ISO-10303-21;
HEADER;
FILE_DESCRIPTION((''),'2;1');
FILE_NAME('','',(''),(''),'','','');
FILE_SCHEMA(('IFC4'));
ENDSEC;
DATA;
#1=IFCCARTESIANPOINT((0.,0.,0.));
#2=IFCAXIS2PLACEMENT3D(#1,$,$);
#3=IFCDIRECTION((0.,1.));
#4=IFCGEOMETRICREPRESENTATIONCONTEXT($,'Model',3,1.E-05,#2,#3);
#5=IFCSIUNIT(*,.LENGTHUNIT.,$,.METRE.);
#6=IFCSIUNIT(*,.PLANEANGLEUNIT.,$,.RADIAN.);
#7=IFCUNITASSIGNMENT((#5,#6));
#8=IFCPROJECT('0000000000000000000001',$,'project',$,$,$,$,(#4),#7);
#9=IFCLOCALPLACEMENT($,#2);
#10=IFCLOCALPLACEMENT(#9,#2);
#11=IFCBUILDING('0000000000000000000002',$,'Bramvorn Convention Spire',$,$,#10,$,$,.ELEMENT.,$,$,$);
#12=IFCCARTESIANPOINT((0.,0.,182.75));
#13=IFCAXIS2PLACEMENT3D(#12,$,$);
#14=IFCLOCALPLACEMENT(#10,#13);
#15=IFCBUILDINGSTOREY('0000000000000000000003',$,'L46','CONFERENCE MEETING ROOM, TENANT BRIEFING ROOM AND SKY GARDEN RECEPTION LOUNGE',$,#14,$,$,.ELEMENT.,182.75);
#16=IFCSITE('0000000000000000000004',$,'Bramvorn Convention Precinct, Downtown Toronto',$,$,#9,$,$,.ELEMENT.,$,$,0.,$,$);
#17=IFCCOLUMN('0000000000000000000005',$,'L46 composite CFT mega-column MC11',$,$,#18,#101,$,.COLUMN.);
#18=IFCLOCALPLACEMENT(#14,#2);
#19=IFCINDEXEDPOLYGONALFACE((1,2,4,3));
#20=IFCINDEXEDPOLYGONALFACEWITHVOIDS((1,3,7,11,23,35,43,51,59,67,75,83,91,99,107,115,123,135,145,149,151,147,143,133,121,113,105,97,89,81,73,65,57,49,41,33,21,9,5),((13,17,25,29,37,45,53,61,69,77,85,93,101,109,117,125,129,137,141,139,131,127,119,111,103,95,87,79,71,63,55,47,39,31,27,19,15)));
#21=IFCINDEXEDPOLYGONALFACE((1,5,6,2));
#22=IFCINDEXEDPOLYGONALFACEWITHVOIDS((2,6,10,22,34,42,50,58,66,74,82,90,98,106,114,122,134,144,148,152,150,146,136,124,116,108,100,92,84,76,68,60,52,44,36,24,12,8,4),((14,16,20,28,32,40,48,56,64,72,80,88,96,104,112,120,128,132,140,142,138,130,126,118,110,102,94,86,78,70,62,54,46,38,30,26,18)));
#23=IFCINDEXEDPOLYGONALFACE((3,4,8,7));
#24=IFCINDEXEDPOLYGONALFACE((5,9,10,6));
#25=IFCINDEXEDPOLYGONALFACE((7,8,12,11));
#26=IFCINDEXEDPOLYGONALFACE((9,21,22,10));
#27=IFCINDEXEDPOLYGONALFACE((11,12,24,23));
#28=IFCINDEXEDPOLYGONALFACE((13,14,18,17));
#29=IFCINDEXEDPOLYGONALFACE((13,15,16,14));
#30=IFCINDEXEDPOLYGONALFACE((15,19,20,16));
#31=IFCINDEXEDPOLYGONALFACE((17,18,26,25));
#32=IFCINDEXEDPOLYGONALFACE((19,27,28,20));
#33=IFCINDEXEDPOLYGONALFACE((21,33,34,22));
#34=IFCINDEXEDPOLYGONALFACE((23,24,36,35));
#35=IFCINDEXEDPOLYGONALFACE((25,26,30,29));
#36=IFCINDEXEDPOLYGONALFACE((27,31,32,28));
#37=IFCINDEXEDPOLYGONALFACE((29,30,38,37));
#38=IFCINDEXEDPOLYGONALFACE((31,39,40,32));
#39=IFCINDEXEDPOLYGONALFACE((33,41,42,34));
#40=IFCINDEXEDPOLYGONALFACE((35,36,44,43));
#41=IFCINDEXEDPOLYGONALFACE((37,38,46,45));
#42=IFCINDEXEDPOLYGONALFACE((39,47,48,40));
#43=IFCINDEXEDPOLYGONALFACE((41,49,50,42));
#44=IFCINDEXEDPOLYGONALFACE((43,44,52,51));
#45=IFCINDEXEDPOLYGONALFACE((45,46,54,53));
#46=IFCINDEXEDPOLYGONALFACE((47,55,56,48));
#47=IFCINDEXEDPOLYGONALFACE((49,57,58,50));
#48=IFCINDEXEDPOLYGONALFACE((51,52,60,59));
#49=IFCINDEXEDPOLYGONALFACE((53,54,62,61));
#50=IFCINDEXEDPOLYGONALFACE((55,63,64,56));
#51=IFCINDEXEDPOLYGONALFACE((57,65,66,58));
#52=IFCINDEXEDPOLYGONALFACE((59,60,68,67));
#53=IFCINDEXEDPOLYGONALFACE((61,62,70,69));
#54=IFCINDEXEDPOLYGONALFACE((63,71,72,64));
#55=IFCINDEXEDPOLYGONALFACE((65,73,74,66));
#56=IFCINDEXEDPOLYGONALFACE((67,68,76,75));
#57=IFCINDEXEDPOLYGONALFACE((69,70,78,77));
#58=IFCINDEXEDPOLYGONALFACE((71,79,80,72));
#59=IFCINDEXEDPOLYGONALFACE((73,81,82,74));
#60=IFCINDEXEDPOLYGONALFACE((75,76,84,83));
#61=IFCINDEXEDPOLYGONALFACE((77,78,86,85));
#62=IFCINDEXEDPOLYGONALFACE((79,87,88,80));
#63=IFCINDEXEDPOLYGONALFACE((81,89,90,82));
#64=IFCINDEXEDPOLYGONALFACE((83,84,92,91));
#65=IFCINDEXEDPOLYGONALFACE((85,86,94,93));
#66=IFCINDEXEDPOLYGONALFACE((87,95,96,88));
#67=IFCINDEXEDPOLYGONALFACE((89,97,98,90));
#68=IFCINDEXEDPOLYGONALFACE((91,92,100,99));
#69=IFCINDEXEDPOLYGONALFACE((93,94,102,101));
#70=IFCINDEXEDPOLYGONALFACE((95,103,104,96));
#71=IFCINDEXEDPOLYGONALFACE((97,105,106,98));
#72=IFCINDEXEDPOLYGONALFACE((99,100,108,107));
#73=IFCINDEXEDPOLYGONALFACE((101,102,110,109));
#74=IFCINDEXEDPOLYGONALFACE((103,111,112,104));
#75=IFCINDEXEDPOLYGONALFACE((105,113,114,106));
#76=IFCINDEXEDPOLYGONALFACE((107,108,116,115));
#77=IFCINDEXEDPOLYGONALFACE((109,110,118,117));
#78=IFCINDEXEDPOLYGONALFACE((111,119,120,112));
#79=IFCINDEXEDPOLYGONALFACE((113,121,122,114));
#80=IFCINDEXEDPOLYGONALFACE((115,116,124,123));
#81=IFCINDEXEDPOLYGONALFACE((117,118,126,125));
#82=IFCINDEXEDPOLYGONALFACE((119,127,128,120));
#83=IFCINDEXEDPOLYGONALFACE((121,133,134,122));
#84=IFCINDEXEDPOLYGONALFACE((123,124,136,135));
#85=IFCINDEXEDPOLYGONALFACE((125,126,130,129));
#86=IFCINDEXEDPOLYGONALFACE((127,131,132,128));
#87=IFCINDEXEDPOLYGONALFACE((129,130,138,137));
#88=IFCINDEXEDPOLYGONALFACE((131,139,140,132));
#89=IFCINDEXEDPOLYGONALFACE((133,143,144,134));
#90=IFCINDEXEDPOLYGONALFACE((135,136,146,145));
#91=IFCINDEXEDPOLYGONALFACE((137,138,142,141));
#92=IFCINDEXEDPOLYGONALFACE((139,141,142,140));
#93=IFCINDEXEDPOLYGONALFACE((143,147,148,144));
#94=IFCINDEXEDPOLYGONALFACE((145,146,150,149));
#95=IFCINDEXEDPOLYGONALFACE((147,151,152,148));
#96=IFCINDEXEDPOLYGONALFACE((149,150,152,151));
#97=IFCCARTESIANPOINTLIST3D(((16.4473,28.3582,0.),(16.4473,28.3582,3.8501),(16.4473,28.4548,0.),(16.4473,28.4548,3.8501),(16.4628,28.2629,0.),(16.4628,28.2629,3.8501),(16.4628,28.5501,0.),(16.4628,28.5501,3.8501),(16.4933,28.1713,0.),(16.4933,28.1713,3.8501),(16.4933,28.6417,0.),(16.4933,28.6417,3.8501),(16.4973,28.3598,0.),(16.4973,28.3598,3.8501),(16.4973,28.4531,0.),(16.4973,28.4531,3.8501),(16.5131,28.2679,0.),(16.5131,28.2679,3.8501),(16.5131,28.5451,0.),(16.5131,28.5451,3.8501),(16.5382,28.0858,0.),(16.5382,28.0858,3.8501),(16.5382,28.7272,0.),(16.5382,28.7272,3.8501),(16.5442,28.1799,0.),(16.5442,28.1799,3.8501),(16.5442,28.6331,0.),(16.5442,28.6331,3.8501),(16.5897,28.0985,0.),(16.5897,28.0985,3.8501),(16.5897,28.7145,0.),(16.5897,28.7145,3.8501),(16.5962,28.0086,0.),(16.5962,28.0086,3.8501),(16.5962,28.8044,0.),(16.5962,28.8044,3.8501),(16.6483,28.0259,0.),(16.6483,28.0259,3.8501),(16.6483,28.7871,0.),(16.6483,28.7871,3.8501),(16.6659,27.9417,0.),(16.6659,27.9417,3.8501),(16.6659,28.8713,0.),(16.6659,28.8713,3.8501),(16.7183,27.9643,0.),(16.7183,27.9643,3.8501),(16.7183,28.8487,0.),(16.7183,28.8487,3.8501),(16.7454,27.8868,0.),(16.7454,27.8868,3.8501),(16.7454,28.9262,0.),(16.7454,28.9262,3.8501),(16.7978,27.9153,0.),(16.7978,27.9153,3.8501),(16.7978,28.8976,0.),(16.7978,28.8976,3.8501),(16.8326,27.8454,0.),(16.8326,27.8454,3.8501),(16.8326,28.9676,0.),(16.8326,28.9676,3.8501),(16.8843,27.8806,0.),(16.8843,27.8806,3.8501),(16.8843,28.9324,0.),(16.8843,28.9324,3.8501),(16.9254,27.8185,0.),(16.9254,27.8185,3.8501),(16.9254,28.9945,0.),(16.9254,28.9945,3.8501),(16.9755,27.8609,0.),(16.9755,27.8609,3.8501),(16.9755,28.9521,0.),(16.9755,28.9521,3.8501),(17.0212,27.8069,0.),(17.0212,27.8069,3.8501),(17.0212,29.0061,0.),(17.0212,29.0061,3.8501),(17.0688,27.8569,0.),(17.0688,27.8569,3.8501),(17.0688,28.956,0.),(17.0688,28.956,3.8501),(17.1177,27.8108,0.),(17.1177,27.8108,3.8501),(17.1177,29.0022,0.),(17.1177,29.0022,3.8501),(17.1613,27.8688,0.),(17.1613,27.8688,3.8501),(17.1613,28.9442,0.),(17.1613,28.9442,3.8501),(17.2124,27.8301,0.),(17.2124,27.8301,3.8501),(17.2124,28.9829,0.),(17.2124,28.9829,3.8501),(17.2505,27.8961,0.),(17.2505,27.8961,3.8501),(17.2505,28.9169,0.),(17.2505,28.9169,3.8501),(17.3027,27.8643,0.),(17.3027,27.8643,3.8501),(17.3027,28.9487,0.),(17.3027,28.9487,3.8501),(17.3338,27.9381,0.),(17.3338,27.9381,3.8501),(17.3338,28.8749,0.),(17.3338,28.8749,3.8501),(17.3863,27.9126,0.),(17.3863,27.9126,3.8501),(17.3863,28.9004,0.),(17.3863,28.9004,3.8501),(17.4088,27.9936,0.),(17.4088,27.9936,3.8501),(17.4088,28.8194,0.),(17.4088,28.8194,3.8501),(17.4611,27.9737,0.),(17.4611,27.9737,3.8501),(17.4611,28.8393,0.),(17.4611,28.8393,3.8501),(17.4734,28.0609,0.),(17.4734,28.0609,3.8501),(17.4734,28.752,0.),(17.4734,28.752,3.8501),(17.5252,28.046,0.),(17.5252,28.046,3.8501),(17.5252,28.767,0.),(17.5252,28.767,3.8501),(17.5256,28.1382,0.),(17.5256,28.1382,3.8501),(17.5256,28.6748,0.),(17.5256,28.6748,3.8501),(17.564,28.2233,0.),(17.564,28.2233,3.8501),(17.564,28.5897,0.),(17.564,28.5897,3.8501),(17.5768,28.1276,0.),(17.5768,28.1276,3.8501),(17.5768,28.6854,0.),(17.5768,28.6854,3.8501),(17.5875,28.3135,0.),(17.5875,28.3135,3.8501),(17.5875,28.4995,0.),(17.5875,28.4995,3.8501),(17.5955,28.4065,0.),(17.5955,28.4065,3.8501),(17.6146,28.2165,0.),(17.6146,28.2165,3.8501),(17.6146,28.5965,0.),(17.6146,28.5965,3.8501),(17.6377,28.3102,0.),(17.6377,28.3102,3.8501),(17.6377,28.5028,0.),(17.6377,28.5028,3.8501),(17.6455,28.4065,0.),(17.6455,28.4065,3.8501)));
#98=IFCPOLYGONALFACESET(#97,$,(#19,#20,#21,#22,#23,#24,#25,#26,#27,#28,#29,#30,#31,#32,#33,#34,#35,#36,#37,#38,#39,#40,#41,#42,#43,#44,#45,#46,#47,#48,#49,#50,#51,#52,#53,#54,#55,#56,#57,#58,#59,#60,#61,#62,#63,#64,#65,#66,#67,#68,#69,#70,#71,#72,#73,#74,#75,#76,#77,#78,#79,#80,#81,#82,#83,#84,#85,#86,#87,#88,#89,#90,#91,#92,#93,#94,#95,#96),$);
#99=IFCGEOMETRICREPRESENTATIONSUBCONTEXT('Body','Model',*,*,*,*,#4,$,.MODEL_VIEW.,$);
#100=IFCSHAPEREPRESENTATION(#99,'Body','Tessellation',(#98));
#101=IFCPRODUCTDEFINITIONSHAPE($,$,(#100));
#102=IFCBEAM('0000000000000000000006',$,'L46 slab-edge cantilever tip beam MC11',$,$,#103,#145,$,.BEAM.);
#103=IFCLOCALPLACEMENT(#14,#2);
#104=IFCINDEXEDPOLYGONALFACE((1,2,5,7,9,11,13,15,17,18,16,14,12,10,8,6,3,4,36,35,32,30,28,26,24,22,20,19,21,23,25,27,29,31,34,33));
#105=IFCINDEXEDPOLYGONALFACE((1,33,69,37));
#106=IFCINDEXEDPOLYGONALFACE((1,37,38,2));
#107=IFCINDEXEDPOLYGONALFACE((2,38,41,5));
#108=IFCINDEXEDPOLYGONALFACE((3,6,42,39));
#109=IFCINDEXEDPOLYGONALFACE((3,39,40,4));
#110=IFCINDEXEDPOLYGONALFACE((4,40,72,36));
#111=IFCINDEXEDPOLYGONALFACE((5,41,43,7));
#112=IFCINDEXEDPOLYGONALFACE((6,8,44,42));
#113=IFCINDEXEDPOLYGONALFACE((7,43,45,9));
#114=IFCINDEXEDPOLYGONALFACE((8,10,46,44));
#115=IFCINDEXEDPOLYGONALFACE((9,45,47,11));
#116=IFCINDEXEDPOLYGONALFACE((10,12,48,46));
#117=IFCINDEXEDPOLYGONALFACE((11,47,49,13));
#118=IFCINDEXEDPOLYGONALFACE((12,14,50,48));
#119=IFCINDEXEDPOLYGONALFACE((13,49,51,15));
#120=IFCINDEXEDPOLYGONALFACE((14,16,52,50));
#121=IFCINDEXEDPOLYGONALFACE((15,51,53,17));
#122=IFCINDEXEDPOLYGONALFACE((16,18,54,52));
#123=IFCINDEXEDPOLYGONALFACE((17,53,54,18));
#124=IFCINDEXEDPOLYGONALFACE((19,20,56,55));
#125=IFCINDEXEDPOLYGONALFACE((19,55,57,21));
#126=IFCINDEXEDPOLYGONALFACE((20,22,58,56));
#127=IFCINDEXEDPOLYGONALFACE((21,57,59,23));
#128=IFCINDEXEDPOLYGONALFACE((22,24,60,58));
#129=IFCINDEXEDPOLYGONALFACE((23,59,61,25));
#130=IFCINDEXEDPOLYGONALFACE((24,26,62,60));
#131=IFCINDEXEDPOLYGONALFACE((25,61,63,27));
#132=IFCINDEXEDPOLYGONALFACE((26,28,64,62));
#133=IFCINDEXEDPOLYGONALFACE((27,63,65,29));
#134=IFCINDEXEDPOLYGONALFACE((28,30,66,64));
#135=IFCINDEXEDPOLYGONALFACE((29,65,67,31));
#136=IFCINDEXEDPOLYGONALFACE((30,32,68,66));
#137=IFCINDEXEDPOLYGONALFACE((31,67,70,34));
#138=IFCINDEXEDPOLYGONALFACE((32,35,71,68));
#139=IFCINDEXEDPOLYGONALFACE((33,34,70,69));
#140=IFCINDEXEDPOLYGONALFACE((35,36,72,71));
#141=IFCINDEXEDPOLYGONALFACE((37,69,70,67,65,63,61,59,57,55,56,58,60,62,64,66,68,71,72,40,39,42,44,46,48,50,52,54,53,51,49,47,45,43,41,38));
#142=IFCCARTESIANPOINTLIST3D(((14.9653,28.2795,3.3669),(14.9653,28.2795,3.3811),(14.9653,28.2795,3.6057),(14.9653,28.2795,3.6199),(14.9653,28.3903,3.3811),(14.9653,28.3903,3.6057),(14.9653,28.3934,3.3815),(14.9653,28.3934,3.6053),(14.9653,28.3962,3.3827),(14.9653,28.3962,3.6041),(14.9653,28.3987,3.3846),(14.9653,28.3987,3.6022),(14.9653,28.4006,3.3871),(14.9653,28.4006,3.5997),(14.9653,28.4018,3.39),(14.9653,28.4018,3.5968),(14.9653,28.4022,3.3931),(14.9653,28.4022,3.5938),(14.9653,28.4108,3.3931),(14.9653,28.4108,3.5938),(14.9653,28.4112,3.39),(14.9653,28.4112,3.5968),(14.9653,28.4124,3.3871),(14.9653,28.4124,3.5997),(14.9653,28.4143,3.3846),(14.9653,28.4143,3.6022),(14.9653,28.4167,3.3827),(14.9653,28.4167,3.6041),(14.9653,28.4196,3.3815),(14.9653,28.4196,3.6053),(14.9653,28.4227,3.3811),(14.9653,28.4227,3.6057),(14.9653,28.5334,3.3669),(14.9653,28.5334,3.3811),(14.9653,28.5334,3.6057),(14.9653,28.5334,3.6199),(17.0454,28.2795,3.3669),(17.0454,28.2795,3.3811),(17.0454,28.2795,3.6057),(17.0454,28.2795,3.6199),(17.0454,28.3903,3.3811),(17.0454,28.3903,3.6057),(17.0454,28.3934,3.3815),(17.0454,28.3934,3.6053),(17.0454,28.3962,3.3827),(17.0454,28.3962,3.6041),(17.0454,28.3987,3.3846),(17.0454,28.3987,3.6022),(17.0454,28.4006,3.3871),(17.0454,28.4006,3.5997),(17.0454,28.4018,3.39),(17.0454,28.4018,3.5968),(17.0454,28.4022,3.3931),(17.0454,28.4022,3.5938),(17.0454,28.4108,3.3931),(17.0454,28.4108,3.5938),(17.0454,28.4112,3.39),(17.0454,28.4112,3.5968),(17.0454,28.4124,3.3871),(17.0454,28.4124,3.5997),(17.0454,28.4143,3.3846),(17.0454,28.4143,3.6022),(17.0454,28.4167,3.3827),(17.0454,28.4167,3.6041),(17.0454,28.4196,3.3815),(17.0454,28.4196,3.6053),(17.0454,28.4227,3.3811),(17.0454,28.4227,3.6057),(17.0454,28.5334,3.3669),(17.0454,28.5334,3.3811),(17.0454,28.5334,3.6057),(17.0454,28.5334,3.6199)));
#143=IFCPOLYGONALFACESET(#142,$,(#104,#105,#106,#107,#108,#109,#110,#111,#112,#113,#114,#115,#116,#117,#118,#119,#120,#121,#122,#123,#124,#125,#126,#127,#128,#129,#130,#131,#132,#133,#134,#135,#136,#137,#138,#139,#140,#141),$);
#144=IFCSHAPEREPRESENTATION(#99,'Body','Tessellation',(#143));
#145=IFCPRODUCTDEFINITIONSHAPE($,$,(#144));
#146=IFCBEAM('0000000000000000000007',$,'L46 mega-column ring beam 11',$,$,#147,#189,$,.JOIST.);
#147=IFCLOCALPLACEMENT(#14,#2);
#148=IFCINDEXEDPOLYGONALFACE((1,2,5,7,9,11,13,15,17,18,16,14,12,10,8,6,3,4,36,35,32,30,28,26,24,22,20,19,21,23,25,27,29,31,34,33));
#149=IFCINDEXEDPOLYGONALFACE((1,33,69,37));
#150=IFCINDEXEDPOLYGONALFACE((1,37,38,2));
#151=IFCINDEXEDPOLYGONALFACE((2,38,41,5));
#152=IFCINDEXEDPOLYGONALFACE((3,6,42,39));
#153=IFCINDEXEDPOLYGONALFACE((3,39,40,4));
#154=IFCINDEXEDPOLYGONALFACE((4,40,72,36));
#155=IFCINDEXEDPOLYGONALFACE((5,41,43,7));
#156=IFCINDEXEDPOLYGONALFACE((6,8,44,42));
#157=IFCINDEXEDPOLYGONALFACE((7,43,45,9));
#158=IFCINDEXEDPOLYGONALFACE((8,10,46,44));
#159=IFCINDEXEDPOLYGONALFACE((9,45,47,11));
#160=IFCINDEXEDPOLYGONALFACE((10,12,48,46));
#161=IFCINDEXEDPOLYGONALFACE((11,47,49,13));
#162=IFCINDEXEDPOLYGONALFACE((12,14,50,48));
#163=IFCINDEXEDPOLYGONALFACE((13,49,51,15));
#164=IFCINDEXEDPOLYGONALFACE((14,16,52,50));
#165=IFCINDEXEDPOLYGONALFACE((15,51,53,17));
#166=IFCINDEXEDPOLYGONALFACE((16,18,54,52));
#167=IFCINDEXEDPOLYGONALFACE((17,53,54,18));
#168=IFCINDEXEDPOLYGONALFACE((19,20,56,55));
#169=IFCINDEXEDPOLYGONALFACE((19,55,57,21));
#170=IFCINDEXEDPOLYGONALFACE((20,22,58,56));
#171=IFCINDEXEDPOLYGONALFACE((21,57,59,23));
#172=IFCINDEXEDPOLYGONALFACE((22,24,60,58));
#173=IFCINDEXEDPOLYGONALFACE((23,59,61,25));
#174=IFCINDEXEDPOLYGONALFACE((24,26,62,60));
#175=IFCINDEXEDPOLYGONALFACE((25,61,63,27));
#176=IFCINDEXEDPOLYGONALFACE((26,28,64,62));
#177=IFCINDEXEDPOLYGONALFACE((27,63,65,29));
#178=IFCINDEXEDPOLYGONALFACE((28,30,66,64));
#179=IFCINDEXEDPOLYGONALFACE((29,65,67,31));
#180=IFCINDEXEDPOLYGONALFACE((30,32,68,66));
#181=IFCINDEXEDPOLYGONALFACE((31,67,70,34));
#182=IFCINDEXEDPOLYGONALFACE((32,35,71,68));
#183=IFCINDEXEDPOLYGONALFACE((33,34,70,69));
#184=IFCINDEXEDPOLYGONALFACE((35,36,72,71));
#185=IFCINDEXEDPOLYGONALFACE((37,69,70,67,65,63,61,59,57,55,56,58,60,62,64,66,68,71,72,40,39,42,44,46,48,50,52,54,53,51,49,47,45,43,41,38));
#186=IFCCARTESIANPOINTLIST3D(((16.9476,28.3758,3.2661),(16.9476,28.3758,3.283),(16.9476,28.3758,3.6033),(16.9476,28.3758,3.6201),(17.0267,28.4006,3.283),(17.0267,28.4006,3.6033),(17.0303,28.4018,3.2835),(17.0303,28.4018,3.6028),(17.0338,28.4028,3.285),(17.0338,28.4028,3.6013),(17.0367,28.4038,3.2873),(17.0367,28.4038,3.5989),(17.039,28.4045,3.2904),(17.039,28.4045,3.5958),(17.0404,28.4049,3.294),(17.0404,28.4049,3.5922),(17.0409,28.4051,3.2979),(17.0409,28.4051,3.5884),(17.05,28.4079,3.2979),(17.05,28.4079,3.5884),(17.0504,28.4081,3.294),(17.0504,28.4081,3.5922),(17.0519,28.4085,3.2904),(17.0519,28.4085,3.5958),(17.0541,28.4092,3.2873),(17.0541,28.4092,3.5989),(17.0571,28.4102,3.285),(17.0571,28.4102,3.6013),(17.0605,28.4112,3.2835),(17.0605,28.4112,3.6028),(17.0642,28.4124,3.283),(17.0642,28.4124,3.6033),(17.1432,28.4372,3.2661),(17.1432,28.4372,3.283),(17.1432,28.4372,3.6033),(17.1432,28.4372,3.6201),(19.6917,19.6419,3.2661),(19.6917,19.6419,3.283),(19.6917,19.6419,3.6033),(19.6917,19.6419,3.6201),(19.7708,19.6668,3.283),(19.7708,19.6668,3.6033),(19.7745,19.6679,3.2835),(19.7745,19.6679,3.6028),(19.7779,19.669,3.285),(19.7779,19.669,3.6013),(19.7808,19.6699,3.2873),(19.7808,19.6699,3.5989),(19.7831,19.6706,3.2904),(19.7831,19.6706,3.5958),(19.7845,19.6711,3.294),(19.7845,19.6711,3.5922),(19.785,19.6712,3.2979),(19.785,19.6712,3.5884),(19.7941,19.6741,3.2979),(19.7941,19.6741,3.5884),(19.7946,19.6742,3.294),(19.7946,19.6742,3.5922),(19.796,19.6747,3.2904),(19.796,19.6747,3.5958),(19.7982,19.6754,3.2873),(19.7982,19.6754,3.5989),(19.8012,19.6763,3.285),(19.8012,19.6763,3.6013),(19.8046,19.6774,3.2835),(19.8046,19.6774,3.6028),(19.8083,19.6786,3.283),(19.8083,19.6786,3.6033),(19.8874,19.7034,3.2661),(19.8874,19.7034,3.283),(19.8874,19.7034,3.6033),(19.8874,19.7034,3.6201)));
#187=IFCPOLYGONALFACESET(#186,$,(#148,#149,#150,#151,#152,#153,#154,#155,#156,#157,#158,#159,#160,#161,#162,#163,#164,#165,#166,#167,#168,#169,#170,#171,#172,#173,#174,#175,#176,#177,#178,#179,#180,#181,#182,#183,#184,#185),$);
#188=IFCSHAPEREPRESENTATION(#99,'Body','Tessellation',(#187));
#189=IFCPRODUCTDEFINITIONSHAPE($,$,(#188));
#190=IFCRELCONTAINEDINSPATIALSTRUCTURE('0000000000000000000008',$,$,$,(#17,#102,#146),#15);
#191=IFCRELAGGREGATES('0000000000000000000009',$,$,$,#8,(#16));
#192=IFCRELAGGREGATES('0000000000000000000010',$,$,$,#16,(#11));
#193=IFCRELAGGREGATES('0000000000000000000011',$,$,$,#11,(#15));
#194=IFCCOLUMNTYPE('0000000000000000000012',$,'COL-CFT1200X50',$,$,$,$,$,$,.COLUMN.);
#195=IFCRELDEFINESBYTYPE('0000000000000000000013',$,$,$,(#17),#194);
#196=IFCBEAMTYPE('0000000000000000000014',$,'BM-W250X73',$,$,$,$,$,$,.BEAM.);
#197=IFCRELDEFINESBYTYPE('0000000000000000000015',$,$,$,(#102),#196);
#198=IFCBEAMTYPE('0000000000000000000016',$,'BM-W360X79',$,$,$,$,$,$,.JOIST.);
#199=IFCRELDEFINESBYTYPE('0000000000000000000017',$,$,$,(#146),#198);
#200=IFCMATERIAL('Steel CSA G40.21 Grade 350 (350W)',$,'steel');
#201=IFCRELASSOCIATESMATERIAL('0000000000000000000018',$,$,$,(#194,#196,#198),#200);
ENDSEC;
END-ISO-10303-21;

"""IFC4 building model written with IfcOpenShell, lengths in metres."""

from ifc_helpers import new_model, si_unit, direction, frame, origin, origin_2d, place, context, subcontext, project, spatial, hollow_circle, i_section, extrude, material, material_profile, profile_set, type_object, element, save


model = new_model("IFC4")

# Units and contexts
model_context = context("Model", 3, precision=1e-05, world=origin(), true_north=direction((0.0, 1.0)))
body_context = subcontext(model_context, "Body", "Model", "MODEL_VIEW")
ifc_project = project(units=[si_unit("LENGTHUNIT", "METRE"), si_unit("PLANEANGLEUNIT", "RADIAN")], contexts=[model_context])

# Site, building, storey
site_placement = place(None, origin())
site = spatial("IfcSite", under=ifc_project, at=site_placement, Name="Bramvorn Convention Precinct, Downtown Toronto", CompositionType="ELEMENT", RefElevation=0.0)
building_placement = place(site_placement, origin())
building = spatial("IfcBuilding", under=site, at=building_placement, Name="Bramvorn Convention Spire", CompositionType="ELEMENT")
storey_placement = place(building_placement, frame((0.0, 0.0, 182.75)))
storey = spatial("IfcBuildingStorey", under=building, at=storey_placement, Name="L46", Description="CONFERENCE MEETING ROOM, TENANT BRIEFING ROOM AND SKY GARDEN RECEPTION LOUNGE", CompositionType="ELEMENT", Elevation=182.75)

# Column
ifc_material_1 = material(Name="Steel CSA G40.21 Grade 350 (350W)", Category="steel")
ifc_material_profile_1 = material_profile(ifc_material_1, hollow_circle(Radius=0.6001, WallThickness=0.05, at=origin_2d()))
ifc_profile_set_1 = profile_set([ifc_material_profile_1], Name="Steel CSA G40.21 Grade 350 (350W) - CFT1200X50")
column_type = type_object("IfcColumnType", Name="COL-CFT1200X50", PredefinedType="COLUMN", material=ifc_profile_set_1)
column_placement = place(storey_placement, frame((17.0454, 28.4065, 0.0), z_axis=(0.0, 0.0, 1.0), x_axis=(1.0, 0.0, 0.0)))
element("IfcColumn", 1, at=column_placement, inside=storey, type_object=column_type, Name="L46 composite CFT mega-column MC11", PredefinedType="COLUMN", context=body_context, shape_type="SweptSolid", body=[
    extrude(hollow_circle(Radius=0.6001, WallThickness=0.05, at=origin_2d()), origin(), (0.0, 0.0, 1.0), 3.8501),
])

# Beams
ifc_material_profile_2 = material_profile(ifc_material_1, i_section(OverallWidth=0.2539, OverallDepth=0.2529, WebThickness=0.0085, FlangeThickness=0.0142, FilletRadius=0.012, at=origin_2d()))
ifc_profile_set_2 = profile_set([ifc_material_profile_2], Name="Steel CSA G40.21 Grade 350 (350W) - W250X73")
beam_type_1 = type_object("IfcBeamType", Name="BM-W250X73", PredefinedType="BEAM", material=ifc_profile_set_2)
beam_1_placement = place(storey_placement, frame((17.0454, 28.4065, 3.4934), z_axis=(-1.0, 0.0, 0.0), x_axis=(0.0, -1.0, 0.0)))
element("IfcBeam", 2, at=beam_1_placement, inside=storey, type_object=beam_type_1, Name="L46 slab-edge cantilever tip beam MC11", PredefinedType="BEAM", context=body_context, shape_type="SweptSolid", body=[
    extrude(i_section(OverallWidth=0.2539, OverallDepth=0.2529, WebThickness=0.0085, FlangeThickness=0.0142, FilletRadius=0.012, at=origin_2d()), origin(), (0.0, 0.0, 1.0), 2.0801),
])
ifc_material_profile_3 = material_profile(ifc_material_1, i_section(OverallWidth=0.2051, OverallDepth=0.354, WebThickness=0.0095, FlangeThickness=0.0168, FilletRadius=0.0149, at=origin_2d()))
ifc_profile_set_3 = profile_set([ifc_material_profile_3], Name="Steel CSA G40.21 Grade 350 (350W) - W360X79")
beam_type_2 = type_object("IfcBeamType", Name="BM-W360X79", PredefinedType="JOIST", material=ifc_profile_set_3)
beam_2_placement = place(storey_placement, frame((17.0454, 28.4065, 3.4431), z_axis=(0.299748, -0.954019, 0.0), x_axis=(0.954019, 0.299748, 0.0)))
element("IfcBeam", 3, at=beam_2_placement, inside=storey, type_object=beam_type_2, Name="L46 mega-column ring beam 11", PredefinedType="JOIST", context=body_context, shape_type="SweptSolid", body=[
    extrude(i_section(OverallWidth=0.2051, OverallDepth=0.354, WebThickness=0.0095, FlangeThickness=0.0168, FilletRadius=0.0149, at=origin_2d()), origin(), (0.0, 0.0, 1.0), 9.1548),
])

save(model, "model.ifc")
